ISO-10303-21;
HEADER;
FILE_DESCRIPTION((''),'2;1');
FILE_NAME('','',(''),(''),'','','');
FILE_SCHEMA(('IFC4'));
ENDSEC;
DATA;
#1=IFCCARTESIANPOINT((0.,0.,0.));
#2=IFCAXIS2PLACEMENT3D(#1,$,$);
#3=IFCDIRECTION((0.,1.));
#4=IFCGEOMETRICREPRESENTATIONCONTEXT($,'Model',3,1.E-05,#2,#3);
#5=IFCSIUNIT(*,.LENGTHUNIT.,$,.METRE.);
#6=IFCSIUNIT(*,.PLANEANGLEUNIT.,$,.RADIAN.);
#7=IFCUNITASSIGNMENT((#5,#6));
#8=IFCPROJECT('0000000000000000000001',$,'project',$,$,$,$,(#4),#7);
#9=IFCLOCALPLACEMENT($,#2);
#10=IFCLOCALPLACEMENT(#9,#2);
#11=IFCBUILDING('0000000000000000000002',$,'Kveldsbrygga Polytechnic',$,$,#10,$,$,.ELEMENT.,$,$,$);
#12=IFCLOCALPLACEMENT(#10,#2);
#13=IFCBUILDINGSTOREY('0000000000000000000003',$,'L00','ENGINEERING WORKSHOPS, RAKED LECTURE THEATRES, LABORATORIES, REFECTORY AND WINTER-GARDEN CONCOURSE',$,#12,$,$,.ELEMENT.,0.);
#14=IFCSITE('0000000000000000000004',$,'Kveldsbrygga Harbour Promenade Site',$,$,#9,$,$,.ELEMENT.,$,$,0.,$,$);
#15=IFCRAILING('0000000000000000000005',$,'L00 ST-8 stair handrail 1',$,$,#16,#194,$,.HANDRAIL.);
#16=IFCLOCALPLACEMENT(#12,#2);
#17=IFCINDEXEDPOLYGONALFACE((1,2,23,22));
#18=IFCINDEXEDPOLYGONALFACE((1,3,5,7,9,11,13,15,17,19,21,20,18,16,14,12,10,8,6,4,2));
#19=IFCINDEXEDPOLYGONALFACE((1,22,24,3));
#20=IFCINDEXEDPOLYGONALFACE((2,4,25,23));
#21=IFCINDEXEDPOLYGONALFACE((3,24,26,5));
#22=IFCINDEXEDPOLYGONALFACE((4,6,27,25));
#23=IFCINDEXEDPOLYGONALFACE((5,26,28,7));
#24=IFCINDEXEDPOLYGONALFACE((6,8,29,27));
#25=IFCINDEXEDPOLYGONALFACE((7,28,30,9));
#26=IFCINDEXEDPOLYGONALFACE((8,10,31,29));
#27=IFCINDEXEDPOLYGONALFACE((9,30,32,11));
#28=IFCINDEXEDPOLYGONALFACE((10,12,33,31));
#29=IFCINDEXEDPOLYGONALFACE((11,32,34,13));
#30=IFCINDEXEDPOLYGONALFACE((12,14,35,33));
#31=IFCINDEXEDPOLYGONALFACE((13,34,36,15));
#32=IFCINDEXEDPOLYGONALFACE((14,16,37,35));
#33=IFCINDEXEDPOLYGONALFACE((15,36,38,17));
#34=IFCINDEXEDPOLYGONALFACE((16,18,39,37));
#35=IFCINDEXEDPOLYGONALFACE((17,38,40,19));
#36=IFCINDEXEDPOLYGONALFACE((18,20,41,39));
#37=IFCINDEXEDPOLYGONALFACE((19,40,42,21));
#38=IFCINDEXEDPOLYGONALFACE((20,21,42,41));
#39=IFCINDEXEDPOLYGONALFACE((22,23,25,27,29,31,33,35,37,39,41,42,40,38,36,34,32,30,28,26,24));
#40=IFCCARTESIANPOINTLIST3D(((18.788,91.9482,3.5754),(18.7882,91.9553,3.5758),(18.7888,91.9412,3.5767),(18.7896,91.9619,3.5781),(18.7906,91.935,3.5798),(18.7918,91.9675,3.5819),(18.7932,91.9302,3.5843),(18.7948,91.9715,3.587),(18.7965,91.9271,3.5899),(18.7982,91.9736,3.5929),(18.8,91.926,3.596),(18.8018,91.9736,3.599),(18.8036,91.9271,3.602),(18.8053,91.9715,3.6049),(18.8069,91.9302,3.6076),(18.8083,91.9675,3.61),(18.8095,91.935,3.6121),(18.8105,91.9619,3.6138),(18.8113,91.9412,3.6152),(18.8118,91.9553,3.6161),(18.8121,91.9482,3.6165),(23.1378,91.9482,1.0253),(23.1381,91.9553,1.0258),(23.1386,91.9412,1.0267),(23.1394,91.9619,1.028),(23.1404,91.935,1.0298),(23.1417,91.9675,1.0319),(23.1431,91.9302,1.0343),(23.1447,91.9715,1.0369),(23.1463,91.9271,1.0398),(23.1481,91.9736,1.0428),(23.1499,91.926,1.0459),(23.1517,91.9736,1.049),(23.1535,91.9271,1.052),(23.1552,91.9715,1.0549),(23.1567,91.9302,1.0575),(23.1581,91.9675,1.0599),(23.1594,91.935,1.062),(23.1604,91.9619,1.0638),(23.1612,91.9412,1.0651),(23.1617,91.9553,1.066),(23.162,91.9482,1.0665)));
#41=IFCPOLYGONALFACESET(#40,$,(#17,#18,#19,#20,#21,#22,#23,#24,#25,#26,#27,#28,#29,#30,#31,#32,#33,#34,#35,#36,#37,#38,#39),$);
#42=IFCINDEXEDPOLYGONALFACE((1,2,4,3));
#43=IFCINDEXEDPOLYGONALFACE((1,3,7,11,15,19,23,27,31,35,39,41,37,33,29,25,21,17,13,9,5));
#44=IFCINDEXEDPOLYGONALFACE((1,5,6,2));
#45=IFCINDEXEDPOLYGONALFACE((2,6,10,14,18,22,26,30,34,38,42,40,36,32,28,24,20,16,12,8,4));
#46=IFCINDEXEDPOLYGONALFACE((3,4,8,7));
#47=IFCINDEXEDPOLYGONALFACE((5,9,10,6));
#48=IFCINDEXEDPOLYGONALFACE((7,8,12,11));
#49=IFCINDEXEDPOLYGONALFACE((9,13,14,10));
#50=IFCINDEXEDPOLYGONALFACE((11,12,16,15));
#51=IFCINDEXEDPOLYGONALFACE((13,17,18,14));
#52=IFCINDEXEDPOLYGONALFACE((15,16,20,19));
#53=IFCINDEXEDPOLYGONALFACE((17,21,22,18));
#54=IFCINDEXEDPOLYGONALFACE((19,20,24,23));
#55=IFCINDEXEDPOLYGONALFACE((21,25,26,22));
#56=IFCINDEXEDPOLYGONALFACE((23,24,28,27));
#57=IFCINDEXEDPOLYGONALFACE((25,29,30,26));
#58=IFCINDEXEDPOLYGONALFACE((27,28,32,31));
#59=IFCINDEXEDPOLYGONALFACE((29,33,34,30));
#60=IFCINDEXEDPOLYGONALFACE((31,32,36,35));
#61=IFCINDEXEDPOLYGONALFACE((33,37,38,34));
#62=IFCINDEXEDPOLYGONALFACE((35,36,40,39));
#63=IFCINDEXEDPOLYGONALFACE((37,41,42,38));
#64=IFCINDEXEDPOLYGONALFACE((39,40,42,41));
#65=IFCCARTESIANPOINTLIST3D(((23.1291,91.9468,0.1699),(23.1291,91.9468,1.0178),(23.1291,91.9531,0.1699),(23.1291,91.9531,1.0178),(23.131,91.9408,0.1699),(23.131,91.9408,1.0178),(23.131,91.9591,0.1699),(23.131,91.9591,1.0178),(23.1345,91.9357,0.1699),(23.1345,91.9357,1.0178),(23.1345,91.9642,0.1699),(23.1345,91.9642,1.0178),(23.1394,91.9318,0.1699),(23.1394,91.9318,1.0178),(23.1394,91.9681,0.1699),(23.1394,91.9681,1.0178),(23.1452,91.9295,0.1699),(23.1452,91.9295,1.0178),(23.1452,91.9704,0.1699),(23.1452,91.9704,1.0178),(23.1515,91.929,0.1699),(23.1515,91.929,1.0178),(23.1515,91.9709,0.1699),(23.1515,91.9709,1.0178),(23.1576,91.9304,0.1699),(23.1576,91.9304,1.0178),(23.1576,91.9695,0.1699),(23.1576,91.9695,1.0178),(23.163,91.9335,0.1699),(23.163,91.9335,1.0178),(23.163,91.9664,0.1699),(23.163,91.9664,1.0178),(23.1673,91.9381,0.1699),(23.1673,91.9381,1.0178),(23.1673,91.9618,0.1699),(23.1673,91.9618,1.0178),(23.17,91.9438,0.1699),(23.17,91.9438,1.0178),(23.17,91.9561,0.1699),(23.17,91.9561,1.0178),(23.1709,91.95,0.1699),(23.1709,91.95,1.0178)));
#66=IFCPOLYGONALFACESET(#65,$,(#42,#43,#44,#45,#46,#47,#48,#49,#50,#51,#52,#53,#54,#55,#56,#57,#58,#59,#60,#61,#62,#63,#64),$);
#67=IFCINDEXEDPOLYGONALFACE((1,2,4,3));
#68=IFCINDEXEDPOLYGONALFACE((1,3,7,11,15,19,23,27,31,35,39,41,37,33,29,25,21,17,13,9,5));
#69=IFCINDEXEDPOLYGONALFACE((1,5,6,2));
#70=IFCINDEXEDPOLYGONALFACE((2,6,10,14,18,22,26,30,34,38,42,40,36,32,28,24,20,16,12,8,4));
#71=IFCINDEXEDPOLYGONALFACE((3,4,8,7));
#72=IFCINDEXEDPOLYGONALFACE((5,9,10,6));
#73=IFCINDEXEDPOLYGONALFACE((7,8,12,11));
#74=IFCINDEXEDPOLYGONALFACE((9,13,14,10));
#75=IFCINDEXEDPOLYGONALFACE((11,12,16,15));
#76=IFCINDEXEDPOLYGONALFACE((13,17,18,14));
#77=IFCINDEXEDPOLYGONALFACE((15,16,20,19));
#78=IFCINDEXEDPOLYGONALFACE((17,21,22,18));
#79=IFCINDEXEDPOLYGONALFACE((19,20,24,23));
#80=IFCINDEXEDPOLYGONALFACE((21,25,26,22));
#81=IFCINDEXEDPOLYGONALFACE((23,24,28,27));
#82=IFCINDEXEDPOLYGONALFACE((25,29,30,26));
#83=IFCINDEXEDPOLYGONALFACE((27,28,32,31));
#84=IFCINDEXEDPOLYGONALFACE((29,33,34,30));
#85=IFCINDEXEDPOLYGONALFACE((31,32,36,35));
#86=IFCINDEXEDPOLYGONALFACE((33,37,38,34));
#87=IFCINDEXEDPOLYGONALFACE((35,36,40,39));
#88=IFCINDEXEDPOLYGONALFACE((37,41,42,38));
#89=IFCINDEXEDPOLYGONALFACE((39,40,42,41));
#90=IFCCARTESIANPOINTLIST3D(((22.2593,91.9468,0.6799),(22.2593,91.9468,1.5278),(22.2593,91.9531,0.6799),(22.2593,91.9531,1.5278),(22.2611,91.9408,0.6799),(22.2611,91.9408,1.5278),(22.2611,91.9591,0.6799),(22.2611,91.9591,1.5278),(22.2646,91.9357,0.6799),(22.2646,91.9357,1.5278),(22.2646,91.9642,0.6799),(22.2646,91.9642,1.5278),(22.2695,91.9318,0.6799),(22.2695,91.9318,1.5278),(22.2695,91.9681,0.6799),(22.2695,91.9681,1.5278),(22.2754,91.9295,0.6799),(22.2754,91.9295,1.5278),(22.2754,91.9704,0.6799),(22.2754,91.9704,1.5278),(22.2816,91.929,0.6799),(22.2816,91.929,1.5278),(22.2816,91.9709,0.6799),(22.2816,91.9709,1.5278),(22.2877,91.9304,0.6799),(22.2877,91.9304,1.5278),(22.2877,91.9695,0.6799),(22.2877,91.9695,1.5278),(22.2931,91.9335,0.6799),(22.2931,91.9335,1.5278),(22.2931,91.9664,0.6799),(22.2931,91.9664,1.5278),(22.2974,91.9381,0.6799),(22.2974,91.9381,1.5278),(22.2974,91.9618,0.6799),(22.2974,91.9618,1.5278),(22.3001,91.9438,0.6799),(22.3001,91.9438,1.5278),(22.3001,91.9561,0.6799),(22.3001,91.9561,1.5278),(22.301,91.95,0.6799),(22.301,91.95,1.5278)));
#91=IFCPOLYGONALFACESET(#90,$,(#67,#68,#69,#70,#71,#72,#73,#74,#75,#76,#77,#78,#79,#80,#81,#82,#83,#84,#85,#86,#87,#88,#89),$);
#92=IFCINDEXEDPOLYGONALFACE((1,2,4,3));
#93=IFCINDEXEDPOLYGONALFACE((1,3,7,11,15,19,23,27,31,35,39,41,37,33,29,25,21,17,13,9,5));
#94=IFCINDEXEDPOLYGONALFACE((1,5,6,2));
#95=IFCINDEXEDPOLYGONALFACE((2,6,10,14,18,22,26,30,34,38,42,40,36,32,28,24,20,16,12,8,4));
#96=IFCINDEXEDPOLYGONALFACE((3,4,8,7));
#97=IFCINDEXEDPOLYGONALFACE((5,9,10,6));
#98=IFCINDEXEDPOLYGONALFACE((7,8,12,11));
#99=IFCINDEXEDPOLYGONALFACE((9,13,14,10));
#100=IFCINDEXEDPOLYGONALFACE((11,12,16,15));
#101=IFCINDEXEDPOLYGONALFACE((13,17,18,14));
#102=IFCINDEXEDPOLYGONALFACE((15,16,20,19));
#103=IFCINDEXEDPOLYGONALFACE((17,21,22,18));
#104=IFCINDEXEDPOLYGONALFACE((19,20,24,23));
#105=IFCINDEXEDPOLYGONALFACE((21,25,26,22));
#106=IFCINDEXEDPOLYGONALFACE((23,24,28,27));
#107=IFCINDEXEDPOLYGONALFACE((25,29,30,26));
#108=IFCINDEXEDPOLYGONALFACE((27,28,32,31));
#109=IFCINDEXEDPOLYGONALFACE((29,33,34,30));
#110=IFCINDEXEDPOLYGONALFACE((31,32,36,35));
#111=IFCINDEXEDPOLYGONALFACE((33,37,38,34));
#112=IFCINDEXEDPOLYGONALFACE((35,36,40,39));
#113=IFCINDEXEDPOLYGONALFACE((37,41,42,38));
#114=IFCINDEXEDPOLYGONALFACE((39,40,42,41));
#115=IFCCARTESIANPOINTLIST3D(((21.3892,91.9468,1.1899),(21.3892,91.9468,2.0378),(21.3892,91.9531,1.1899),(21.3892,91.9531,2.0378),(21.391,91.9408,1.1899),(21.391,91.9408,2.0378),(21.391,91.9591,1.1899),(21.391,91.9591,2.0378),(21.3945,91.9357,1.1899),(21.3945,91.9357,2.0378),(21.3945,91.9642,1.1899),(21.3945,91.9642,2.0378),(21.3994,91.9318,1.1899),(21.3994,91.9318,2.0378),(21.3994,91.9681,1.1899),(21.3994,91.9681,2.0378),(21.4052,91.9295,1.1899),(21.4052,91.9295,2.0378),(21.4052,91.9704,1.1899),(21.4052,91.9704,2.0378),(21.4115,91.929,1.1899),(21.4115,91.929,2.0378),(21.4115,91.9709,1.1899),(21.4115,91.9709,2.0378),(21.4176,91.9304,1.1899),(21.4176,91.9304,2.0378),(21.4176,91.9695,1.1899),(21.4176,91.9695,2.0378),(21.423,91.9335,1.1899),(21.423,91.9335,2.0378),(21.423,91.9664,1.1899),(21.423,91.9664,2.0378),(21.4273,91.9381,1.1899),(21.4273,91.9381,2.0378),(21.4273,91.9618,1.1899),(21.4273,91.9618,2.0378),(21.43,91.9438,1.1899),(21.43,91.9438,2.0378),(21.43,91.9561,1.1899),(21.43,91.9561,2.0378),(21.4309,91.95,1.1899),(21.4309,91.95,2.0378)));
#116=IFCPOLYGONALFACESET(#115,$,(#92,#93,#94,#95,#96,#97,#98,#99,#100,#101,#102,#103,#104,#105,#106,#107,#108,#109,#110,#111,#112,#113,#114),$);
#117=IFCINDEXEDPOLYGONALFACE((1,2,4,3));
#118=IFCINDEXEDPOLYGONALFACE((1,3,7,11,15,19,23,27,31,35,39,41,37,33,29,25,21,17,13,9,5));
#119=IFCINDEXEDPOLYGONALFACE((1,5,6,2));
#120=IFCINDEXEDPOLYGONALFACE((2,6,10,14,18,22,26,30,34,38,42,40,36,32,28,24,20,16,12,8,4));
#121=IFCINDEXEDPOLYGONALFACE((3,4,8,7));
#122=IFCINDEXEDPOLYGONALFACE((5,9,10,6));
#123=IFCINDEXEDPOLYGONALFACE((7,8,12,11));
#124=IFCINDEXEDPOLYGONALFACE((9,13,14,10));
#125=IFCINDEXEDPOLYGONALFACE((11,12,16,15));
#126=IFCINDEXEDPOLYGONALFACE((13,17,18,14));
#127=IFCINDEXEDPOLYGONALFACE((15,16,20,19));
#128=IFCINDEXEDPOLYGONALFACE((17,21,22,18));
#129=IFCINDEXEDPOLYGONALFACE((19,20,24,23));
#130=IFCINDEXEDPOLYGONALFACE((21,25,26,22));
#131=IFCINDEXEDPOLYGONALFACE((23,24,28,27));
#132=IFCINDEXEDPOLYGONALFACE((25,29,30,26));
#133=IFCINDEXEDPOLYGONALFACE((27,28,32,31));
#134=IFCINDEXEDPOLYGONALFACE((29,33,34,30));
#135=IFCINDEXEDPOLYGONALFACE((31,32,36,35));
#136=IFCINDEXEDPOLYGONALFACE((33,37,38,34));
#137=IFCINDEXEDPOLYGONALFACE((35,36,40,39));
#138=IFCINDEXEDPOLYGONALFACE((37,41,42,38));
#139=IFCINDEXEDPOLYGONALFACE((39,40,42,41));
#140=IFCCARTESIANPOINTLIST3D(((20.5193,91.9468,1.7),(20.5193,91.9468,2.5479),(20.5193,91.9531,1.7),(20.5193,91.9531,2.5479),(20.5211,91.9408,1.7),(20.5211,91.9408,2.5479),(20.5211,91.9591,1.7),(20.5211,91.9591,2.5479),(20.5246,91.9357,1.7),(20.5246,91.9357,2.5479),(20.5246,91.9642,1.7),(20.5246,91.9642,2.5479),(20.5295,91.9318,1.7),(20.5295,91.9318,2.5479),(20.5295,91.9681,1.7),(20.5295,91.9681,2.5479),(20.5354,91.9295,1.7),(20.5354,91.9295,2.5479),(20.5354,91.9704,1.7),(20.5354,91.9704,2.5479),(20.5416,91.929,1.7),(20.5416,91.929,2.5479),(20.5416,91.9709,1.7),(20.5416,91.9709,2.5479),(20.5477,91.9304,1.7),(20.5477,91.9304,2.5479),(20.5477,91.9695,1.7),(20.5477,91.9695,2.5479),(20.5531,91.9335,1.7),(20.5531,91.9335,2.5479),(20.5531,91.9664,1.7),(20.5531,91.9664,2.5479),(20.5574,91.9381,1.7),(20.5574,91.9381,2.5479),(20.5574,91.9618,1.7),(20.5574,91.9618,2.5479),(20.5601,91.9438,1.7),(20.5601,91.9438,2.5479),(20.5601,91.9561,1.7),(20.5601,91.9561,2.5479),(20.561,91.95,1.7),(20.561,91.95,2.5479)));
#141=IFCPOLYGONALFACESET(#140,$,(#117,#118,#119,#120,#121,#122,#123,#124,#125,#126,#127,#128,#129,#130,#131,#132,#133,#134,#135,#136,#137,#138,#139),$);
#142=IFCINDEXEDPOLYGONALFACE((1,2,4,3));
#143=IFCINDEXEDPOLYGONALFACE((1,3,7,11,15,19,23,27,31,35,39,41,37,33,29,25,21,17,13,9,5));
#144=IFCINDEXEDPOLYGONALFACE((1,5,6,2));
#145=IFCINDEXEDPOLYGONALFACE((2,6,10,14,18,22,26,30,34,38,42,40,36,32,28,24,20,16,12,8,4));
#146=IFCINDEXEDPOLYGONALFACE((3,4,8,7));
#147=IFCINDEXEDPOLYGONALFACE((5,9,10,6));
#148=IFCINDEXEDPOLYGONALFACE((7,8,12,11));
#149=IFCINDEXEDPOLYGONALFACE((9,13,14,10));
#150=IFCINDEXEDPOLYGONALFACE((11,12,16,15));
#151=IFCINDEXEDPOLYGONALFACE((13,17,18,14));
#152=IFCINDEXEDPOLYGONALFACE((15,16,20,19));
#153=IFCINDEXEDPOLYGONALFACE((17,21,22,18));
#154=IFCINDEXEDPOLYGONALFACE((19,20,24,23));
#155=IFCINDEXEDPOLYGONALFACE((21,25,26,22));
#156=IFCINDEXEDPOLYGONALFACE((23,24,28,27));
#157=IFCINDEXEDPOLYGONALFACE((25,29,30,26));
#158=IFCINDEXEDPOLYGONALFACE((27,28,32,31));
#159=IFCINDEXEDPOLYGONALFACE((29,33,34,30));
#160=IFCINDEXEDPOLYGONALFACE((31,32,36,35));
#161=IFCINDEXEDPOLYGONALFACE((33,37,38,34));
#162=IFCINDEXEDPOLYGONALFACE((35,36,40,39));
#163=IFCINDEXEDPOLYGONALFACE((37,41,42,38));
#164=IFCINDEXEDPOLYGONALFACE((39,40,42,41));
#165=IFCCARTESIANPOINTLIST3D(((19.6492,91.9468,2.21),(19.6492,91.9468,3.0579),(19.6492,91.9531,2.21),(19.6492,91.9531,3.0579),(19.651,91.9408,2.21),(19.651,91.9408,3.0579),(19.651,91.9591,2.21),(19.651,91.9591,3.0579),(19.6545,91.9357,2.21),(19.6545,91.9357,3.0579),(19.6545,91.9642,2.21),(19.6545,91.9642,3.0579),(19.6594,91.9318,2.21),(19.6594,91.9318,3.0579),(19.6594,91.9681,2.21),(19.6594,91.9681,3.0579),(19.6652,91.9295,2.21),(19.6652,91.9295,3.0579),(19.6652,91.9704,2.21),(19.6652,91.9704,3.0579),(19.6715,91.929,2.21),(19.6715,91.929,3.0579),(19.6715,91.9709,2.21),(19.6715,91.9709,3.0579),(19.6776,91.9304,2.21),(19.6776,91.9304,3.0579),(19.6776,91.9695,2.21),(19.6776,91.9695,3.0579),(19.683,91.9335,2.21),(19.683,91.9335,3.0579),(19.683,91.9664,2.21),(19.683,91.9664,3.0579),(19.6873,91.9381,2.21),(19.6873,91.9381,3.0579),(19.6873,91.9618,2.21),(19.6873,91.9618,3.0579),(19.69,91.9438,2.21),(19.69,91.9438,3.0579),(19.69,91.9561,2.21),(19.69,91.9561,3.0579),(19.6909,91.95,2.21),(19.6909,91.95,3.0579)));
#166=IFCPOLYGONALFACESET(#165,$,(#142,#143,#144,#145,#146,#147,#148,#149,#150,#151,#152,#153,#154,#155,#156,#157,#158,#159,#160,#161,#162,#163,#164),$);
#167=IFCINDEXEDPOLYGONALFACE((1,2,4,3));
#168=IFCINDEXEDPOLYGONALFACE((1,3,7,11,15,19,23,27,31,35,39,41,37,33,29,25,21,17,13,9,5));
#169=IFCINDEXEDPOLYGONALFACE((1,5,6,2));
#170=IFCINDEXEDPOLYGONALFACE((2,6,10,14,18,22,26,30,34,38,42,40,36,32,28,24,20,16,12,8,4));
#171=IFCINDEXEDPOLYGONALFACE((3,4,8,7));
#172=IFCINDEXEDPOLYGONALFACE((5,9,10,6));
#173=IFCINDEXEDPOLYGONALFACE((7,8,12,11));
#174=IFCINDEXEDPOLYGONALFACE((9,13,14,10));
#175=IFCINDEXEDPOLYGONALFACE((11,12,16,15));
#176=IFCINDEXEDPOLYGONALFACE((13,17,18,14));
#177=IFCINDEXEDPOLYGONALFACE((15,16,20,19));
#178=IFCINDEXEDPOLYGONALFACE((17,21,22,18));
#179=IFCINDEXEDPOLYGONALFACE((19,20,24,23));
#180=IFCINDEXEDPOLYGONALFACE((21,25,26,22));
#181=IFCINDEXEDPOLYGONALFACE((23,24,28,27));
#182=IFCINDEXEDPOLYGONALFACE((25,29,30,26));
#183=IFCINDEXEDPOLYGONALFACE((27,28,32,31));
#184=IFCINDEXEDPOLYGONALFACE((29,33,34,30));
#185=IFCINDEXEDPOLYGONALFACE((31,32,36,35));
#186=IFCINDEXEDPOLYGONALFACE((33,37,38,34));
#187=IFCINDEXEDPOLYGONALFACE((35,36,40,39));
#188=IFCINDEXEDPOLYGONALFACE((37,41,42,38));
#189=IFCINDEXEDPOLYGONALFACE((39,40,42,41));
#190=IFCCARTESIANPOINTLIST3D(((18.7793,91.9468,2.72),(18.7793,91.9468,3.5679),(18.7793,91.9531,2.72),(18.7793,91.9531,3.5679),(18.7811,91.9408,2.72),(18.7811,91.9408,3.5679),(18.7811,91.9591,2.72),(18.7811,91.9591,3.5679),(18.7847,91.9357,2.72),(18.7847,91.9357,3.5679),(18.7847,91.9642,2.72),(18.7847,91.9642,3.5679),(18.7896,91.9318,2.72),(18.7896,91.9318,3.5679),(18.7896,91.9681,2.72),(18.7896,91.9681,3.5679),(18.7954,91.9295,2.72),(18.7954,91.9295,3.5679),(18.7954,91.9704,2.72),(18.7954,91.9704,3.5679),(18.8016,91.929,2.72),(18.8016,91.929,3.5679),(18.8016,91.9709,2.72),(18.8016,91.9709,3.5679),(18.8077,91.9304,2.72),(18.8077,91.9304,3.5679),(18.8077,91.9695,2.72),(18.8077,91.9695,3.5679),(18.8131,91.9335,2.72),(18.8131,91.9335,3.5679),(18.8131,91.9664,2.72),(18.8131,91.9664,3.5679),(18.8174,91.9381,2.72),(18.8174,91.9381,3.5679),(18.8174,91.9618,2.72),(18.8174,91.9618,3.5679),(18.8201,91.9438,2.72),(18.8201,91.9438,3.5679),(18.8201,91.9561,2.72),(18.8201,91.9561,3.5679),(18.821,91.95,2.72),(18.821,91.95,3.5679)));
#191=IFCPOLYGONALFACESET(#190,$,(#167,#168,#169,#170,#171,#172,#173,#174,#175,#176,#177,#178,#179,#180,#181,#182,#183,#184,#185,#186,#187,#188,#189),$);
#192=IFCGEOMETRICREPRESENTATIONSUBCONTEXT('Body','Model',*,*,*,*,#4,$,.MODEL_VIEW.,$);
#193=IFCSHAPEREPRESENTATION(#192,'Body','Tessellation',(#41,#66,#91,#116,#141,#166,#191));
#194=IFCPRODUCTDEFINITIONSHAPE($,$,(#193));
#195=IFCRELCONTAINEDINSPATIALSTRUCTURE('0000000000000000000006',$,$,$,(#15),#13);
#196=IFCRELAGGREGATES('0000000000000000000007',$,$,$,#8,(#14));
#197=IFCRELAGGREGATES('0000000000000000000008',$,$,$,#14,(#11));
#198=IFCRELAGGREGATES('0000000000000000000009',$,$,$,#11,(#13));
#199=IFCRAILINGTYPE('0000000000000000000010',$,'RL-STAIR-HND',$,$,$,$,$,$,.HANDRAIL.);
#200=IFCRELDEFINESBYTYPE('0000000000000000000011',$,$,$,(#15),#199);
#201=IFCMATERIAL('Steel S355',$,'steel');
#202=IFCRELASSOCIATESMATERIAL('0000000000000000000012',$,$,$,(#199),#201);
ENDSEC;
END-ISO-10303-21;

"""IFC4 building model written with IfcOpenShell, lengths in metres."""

from ifc_helpers import new_model, si_unit, direction, frame, origin, origin_2d, place, context, subcontext, project, spatial, circle, extrude, material, type_object, element, save


model = new_model("IFC4")

# Units and contexts
model_context = context("Model", 3, precision=1e-05, world=origin(), true_north=direction((0.0, 1.0)))
body_context = subcontext(model_context, "Body", "Model", "MODEL_VIEW")
ifc_project = project(units=[si_unit("LENGTHUNIT", "METRE"), si_unit("PLANEANGLEUNIT", "RADIAN")], contexts=[model_context])

# Site, building, storey
site_placement = place(None, origin())
site = spatial("IfcSite", under=ifc_project, at=site_placement, Name="Kveldsbrygga Harbour Promenade Site", CompositionType="ELEMENT", RefElevation=0.0)
building_placement = place(site_placement, origin())
building = spatial("IfcBuilding", under=site, at=building_placement, Name="Kveldsbrygga Polytechnic", CompositionType="ELEMENT")
storey_placement = place(building_placement, origin())
storey = spatial("IfcBuildingStorey", under=building, at=storey_placement, Name="L00", Description="ENGINEERING WORKSHOPS, RAKED LECTURE THEATRES, LABORATORIES, REFECTORY AND WINTER-GARDEN CONCOURSE", CompositionType="ELEMENT", Elevation=0.0)

# Shared definitions
ifc_material_1 = material(Name="Steel S355", Category="steel")

# Railing
railing_type_1 = type_object("IfcRailingType", Name="RL-STAIR-HND", PredefinedType="HANDRAIL", material=ifc_material_1)
railing_1_placement = place(storey_placement, frame((23.1499, 91.95, 0.1699)))
element("IfcRailing", 1, at=railing_1_placement, inside=storey, type_object=railing_type_1, Name="L00 ST-8 stair handrail 1", PredefinedType="HANDRAIL", context=body_context, shape_type="SweptSolid", body=[
    extrude(circle(Radius=0.0239, at=origin_2d()), frame((0.0, 0.0, 0.876), z_axis=(-0.862686, 0.0, 0.505739), x_axis=(0.0, -1.0, 0.0)), (0.0, 0.0, 1.0), 5.0422),
    extrude(circle(Radius=0.021, at=origin_2d()), origin(), (0.0, 0.0, 1.0), 0.8479),
    extrude(circle(Radius=0.021, at=origin_2d()), frame((-0.8699, 0.0, 0.51)), (0.0, 0.0, 1.0), 0.8479),
    extrude(circle(Radius=0.021, at=origin_2d()), frame((-1.74, 0.0, 1.02)), (0.0, 0.0, 1.0), 0.8479),
    extrude(circle(Radius=0.021, at=origin_2d()), frame((-2.6099, 0.0, 1.53)), (0.0, 0.0, 1.0), 0.8479),
    extrude(circle(Radius=0.021, at=origin_2d()), frame((-3.48, 0.0, 2.04)), (0.0, 0.0, 1.0), 0.8479),
    extrude(circle(Radius=0.021, at=origin_2d()), frame((-4.3499, 0.0, 2.55)), (0.0, 0.0, 1.0), 0.8479),
])

save(model, "model.ifc")
